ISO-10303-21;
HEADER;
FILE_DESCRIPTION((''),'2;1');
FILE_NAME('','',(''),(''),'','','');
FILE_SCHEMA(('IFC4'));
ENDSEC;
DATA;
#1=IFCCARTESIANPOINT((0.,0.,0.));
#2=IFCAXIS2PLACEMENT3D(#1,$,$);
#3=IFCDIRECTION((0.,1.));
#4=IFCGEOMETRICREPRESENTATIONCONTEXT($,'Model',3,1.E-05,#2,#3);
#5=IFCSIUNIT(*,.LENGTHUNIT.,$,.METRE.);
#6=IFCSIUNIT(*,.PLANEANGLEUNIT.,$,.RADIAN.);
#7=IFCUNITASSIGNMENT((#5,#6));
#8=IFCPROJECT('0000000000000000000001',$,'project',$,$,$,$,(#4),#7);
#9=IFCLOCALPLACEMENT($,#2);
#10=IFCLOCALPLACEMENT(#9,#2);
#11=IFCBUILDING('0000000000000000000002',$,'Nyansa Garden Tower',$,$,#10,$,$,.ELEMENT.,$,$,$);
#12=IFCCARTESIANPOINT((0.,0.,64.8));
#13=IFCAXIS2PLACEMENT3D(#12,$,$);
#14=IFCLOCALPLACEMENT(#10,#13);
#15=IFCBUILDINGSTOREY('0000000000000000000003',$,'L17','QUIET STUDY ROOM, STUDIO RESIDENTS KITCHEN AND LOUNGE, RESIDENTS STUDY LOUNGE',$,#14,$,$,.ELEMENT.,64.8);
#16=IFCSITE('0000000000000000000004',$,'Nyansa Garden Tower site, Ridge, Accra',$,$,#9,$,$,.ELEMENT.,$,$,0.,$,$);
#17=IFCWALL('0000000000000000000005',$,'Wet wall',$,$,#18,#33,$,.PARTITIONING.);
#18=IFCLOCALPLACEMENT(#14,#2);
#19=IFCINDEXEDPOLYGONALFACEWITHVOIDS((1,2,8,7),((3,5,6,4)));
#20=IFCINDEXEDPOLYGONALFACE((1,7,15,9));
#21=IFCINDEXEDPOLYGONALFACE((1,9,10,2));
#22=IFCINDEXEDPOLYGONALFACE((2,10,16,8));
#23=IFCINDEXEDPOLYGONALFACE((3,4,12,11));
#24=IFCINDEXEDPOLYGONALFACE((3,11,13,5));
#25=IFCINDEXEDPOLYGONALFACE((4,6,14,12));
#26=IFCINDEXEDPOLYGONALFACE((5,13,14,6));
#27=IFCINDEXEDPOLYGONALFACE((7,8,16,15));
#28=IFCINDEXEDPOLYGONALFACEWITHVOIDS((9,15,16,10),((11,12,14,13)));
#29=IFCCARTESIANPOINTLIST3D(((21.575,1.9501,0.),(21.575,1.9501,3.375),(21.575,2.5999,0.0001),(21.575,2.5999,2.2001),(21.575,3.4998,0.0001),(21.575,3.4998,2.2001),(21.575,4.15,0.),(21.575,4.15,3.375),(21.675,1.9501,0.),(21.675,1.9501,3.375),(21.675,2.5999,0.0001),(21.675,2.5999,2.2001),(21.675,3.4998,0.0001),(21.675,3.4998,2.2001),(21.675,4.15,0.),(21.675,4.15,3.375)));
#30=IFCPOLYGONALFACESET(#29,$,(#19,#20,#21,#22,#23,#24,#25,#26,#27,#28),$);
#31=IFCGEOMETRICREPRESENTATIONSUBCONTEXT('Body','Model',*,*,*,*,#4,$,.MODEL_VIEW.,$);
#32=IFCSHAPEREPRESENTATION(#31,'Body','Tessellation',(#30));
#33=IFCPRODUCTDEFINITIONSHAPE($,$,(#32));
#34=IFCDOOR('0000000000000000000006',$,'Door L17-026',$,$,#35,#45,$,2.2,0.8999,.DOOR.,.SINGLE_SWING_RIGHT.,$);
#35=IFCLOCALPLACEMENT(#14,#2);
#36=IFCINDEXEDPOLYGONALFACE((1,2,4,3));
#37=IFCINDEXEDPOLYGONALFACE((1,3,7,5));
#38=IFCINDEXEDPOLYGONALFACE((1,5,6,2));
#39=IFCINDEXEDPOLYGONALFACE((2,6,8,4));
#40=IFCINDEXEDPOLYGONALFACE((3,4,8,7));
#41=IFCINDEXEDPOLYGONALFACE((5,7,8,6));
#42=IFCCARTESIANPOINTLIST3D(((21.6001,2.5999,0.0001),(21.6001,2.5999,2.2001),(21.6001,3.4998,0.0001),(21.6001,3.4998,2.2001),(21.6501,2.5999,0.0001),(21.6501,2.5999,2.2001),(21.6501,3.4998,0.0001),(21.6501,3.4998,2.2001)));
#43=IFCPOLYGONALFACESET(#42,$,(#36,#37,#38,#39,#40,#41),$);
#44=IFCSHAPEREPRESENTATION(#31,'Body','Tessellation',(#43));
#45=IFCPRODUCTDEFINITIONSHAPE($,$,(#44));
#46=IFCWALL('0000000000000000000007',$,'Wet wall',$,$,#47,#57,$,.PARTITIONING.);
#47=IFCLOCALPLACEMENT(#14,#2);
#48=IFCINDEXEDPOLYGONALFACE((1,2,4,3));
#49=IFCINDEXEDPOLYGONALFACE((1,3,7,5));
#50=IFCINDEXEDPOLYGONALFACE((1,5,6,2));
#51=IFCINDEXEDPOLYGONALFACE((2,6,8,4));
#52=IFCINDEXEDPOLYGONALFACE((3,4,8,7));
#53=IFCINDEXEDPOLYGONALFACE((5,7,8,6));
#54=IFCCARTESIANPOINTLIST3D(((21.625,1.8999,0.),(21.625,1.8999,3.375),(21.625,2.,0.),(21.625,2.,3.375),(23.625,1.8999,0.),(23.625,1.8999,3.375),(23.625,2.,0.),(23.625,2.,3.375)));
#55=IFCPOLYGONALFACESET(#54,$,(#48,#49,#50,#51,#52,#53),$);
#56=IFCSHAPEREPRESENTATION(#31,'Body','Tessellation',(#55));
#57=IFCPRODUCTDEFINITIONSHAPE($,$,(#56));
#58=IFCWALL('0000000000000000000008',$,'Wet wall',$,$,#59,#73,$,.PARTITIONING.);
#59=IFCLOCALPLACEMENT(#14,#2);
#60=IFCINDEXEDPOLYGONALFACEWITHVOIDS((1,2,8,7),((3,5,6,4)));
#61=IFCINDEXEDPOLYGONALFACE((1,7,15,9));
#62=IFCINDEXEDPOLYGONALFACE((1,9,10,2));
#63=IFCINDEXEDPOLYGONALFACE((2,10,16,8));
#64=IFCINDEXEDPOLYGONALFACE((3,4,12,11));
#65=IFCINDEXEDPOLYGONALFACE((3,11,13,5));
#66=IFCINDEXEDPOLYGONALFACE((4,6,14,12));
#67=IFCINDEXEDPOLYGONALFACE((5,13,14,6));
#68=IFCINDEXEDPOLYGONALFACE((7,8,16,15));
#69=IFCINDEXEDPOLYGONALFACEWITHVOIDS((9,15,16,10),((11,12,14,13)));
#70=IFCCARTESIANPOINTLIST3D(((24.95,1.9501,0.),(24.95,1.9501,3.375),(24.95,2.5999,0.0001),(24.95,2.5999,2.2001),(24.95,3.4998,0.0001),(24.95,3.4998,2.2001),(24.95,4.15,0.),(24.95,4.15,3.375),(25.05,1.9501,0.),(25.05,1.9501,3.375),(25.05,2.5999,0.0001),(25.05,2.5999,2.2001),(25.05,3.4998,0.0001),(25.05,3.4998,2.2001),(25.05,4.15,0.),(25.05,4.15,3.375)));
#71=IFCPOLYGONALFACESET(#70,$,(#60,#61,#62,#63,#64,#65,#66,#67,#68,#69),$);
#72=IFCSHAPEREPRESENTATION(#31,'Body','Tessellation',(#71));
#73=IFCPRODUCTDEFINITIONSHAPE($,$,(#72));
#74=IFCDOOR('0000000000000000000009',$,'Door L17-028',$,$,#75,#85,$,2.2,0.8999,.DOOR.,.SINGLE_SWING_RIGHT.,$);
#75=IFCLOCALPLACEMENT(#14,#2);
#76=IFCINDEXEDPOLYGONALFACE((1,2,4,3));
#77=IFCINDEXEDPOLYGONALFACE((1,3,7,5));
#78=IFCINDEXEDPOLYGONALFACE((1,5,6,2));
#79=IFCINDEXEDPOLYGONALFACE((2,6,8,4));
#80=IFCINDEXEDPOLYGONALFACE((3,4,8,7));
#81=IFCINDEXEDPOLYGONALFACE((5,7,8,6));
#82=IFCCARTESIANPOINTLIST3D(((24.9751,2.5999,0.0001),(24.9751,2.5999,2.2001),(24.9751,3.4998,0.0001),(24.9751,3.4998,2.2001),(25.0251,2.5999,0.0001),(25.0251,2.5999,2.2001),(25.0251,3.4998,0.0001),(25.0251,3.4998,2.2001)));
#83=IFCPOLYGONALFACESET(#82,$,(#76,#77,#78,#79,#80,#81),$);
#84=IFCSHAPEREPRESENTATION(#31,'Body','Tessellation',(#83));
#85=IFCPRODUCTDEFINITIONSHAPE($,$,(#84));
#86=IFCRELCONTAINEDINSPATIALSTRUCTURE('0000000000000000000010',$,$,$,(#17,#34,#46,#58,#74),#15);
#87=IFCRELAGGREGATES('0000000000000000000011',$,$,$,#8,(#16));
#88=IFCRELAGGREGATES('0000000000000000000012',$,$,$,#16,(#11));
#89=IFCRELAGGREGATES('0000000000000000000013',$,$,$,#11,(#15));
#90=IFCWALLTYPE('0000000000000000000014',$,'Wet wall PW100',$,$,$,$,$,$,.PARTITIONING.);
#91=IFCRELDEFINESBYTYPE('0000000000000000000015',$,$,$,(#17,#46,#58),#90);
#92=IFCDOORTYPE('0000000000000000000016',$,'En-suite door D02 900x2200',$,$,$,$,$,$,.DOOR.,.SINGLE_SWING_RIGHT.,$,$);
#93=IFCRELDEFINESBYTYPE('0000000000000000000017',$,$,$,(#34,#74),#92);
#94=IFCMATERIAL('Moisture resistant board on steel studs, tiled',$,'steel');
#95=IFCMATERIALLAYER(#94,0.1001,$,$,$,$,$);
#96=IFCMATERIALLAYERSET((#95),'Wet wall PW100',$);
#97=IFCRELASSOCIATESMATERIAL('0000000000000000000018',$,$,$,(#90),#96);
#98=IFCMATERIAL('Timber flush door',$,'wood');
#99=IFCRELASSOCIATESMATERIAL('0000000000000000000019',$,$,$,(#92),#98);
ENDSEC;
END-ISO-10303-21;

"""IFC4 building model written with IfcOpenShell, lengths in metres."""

from ifc_helpers import new_model, si_unit, direction, frame, frame_2d, origin, place, context, subcontext, project, spatial, rectangle, extrude, material, layer, layer_set, type_object, element, fill, save


model = new_model("IFC4")

# Units and contexts
model_context = context("Model", 3, precision=1e-05, world=origin(), true_north=direction((0.0, 1.0)))
body_context = subcontext(model_context, "Body", "Model", "MODEL_VIEW")
ifc_project = project(units=[si_unit("LENGTHUNIT", "METRE"), si_unit("PLANEANGLEUNIT", "RADIAN")], contexts=[model_context])

# Site, building, storey
site_placement = place(None, origin())
site = spatial("IfcSite", under=ifc_project, at=site_placement, Name="Nyansa Garden Tower site, Ridge, Accra", CompositionType="ELEMENT", RefElevation=0.0)
building_placement = place(site_placement, origin())
building = spatial("IfcBuilding", under=site, at=building_placement, Name="Nyansa Garden Tower", CompositionType="ELEMENT")
storey_placement = place(building_placement, frame((0.0, 0.0, 64.8)))
storey = spatial("IfcBuildingStorey", under=building, at=storey_placement, Name="L17", Description="QUIET STUDY ROOM, STUDIO RESIDENTS KITCHEN AND LOUNGE, RESIDENTS STUDY LOUNGE", CompositionType="ELEMENT", Elevation=64.8)

# Wall, opening, door
ifc_material_1 = material(Name="Moisture resistant board on steel studs, tiled", Category="steel")
ifc_layer_1 = layer(ifc_material_1, 0.1001)
ifc_layer_set_1 = layer_set([ifc_layer_1], Name="Wet wall PW100")
wall_type_1 = type_object("IfcWallType", Name="Wet wall PW100", PredefinedType="PARTITIONING", material=ifc_layer_set_1)
wall_1_placement = place(storey_placement, frame((21.625, 1.95, 0.0), z_axis=(0.0, 0.0, 1.0), x_axis=(0.0, 1.0, 0.0)))
wall_1 = element("IfcWall", 1, at=wall_1_placement, inside=storey, type_object=wall_type_1, Name="Wet wall", PredefinedType="PARTITIONING", context=body_context, shape_type="SweptSolid", body=[
    extrude(rectangle(XDim=2.2, YDim=0.1001, at=frame_2d((1.1001, 0.0))), origin(), (0.0, 0.0, 1.0), 3.375),
])
opening_1_placement = place(wall_1_placement, frame((0.6499, 0.0, 0.0)))
opening_1 = element("IfcOpeningElement", 2, at=opening_1_placement, cuts=wall_1, PredefinedType="OPENING", context=body_context, shape_type="SweptSolid", body=[
    extrude(rectangle(XDim=0.8999, YDim=2.2, at=frame_2d((0.45, 1.1001))), frame((0.0, 0.0601, 0.0), z_axis=(0.0, -1.0, 0.0), x_axis=(1.0, 0.0, 0.0)), (0.0, 0.0, 1.0), 0.1201),
])
ifc_material_2 = material(Name="Timber flush door", Category="wood")
door_type = type_object("IfcDoorType", Name="En-suite door D02 900x2200", OperationType="SINGLE_SWING_RIGHT", PredefinedType="DOOR", material=ifc_material_2)
door_1_placement = place(opening_1_placement, origin())
door_1 = element("IfcDoor", 3, at=door_1_placement, inside=storey, type_object=door_type, Name="Door L17-026", OperationType="SINGLE_SWING_RIGHT", OverallHeight=2.2, OverallWidth=0.8999, PredefinedType="DOOR", context=body_context, shape_type="SweptSolid", body=[
    extrude(rectangle(XDim=0.8999, YDim=2.2, at=frame_2d((0.45, 1.1001))), frame((0.0, 0.0249, 0.0), z_axis=(0.0, -1.0, 0.0), x_axis=(1.0, 0.0, 0.0)), (0.0, 0.0, 1.0), 0.05),
])
fill(opening_1, door_1)

# Wall
wall_2_placement = place(storey_placement, frame((21.625, 1.95, 0.0), z_axis=(0.0, 0.0, 1.0), x_axis=(1.0, 0.0, 0.0)))
element("IfcWall", 4, at=wall_2_placement, inside=storey, type_object=wall_type_1, Name="Wet wall", PredefinedType="PARTITIONING", context=body_context, shape_type="SweptSolid", body=[
    extrude(rectangle(XDim=2.0, YDim=0.1001, at=frame_2d((1.0, 0.0))), origin(), (0.0, 0.0, 1.0), 3.375),
])

# Wall, opening, door
wall_3_placement = place(storey_placement, frame((25.0, 1.95, 0.0), z_axis=(0.0, 0.0, 1.0), x_axis=(0.0, 1.0, 0.0)))
wall_3 = element("IfcWall", 5, at=wall_3_placement, inside=storey, type_object=wall_type_1, Name="Wet wall", PredefinedType="PARTITIONING", context=body_context, shape_type="SweptSolid", body=[
    extrude(rectangle(XDim=2.2, YDim=0.1001, at=frame_2d((1.1001, 0.0))), origin(), (0.0, 0.0, 1.0), 3.375),
])
opening_2_placement = place(wall_3_placement, frame((0.6499, 0.0, 0.0)))
opening_2 = element("IfcOpeningElement", 6, at=opening_2_placement, cuts=wall_3, PredefinedType="OPENING", context=body_context, shape_type="SweptSolid", body=[
    extrude(rectangle(XDim=0.8999, YDim=2.2, at=frame_2d((0.45, 1.1001))), frame((0.0, 0.0601, 0.0), z_axis=(0.0, -1.0, 0.0), x_axis=(1.0, 0.0, 0.0)), (0.0, 0.0, 1.0), 0.1201),
])
door_2_placement = place(opening_2_placement, origin())
door_2 = element("IfcDoor", 7, at=door_2_placement, inside=storey, type_object=door_type, Name="Door L17-028", OperationType="SINGLE_SWING_RIGHT", OverallHeight=2.2, OverallWidth=0.8999, PredefinedType="DOOR", context=body_context, shape_type="SweptSolid", body=[
    extrude(rectangle(XDim=0.8999, YDim=2.2, at=frame_2d((0.45, 1.1001))), frame((0.0, 0.0249, 0.0), z_axis=(0.0, -1.0, 0.0), x_axis=(1.0, 0.0, 0.0)), (0.0, 0.0, 1.0), 0.05),
])
fill(opening_2, door_2)

save(model, "model.ifc")
